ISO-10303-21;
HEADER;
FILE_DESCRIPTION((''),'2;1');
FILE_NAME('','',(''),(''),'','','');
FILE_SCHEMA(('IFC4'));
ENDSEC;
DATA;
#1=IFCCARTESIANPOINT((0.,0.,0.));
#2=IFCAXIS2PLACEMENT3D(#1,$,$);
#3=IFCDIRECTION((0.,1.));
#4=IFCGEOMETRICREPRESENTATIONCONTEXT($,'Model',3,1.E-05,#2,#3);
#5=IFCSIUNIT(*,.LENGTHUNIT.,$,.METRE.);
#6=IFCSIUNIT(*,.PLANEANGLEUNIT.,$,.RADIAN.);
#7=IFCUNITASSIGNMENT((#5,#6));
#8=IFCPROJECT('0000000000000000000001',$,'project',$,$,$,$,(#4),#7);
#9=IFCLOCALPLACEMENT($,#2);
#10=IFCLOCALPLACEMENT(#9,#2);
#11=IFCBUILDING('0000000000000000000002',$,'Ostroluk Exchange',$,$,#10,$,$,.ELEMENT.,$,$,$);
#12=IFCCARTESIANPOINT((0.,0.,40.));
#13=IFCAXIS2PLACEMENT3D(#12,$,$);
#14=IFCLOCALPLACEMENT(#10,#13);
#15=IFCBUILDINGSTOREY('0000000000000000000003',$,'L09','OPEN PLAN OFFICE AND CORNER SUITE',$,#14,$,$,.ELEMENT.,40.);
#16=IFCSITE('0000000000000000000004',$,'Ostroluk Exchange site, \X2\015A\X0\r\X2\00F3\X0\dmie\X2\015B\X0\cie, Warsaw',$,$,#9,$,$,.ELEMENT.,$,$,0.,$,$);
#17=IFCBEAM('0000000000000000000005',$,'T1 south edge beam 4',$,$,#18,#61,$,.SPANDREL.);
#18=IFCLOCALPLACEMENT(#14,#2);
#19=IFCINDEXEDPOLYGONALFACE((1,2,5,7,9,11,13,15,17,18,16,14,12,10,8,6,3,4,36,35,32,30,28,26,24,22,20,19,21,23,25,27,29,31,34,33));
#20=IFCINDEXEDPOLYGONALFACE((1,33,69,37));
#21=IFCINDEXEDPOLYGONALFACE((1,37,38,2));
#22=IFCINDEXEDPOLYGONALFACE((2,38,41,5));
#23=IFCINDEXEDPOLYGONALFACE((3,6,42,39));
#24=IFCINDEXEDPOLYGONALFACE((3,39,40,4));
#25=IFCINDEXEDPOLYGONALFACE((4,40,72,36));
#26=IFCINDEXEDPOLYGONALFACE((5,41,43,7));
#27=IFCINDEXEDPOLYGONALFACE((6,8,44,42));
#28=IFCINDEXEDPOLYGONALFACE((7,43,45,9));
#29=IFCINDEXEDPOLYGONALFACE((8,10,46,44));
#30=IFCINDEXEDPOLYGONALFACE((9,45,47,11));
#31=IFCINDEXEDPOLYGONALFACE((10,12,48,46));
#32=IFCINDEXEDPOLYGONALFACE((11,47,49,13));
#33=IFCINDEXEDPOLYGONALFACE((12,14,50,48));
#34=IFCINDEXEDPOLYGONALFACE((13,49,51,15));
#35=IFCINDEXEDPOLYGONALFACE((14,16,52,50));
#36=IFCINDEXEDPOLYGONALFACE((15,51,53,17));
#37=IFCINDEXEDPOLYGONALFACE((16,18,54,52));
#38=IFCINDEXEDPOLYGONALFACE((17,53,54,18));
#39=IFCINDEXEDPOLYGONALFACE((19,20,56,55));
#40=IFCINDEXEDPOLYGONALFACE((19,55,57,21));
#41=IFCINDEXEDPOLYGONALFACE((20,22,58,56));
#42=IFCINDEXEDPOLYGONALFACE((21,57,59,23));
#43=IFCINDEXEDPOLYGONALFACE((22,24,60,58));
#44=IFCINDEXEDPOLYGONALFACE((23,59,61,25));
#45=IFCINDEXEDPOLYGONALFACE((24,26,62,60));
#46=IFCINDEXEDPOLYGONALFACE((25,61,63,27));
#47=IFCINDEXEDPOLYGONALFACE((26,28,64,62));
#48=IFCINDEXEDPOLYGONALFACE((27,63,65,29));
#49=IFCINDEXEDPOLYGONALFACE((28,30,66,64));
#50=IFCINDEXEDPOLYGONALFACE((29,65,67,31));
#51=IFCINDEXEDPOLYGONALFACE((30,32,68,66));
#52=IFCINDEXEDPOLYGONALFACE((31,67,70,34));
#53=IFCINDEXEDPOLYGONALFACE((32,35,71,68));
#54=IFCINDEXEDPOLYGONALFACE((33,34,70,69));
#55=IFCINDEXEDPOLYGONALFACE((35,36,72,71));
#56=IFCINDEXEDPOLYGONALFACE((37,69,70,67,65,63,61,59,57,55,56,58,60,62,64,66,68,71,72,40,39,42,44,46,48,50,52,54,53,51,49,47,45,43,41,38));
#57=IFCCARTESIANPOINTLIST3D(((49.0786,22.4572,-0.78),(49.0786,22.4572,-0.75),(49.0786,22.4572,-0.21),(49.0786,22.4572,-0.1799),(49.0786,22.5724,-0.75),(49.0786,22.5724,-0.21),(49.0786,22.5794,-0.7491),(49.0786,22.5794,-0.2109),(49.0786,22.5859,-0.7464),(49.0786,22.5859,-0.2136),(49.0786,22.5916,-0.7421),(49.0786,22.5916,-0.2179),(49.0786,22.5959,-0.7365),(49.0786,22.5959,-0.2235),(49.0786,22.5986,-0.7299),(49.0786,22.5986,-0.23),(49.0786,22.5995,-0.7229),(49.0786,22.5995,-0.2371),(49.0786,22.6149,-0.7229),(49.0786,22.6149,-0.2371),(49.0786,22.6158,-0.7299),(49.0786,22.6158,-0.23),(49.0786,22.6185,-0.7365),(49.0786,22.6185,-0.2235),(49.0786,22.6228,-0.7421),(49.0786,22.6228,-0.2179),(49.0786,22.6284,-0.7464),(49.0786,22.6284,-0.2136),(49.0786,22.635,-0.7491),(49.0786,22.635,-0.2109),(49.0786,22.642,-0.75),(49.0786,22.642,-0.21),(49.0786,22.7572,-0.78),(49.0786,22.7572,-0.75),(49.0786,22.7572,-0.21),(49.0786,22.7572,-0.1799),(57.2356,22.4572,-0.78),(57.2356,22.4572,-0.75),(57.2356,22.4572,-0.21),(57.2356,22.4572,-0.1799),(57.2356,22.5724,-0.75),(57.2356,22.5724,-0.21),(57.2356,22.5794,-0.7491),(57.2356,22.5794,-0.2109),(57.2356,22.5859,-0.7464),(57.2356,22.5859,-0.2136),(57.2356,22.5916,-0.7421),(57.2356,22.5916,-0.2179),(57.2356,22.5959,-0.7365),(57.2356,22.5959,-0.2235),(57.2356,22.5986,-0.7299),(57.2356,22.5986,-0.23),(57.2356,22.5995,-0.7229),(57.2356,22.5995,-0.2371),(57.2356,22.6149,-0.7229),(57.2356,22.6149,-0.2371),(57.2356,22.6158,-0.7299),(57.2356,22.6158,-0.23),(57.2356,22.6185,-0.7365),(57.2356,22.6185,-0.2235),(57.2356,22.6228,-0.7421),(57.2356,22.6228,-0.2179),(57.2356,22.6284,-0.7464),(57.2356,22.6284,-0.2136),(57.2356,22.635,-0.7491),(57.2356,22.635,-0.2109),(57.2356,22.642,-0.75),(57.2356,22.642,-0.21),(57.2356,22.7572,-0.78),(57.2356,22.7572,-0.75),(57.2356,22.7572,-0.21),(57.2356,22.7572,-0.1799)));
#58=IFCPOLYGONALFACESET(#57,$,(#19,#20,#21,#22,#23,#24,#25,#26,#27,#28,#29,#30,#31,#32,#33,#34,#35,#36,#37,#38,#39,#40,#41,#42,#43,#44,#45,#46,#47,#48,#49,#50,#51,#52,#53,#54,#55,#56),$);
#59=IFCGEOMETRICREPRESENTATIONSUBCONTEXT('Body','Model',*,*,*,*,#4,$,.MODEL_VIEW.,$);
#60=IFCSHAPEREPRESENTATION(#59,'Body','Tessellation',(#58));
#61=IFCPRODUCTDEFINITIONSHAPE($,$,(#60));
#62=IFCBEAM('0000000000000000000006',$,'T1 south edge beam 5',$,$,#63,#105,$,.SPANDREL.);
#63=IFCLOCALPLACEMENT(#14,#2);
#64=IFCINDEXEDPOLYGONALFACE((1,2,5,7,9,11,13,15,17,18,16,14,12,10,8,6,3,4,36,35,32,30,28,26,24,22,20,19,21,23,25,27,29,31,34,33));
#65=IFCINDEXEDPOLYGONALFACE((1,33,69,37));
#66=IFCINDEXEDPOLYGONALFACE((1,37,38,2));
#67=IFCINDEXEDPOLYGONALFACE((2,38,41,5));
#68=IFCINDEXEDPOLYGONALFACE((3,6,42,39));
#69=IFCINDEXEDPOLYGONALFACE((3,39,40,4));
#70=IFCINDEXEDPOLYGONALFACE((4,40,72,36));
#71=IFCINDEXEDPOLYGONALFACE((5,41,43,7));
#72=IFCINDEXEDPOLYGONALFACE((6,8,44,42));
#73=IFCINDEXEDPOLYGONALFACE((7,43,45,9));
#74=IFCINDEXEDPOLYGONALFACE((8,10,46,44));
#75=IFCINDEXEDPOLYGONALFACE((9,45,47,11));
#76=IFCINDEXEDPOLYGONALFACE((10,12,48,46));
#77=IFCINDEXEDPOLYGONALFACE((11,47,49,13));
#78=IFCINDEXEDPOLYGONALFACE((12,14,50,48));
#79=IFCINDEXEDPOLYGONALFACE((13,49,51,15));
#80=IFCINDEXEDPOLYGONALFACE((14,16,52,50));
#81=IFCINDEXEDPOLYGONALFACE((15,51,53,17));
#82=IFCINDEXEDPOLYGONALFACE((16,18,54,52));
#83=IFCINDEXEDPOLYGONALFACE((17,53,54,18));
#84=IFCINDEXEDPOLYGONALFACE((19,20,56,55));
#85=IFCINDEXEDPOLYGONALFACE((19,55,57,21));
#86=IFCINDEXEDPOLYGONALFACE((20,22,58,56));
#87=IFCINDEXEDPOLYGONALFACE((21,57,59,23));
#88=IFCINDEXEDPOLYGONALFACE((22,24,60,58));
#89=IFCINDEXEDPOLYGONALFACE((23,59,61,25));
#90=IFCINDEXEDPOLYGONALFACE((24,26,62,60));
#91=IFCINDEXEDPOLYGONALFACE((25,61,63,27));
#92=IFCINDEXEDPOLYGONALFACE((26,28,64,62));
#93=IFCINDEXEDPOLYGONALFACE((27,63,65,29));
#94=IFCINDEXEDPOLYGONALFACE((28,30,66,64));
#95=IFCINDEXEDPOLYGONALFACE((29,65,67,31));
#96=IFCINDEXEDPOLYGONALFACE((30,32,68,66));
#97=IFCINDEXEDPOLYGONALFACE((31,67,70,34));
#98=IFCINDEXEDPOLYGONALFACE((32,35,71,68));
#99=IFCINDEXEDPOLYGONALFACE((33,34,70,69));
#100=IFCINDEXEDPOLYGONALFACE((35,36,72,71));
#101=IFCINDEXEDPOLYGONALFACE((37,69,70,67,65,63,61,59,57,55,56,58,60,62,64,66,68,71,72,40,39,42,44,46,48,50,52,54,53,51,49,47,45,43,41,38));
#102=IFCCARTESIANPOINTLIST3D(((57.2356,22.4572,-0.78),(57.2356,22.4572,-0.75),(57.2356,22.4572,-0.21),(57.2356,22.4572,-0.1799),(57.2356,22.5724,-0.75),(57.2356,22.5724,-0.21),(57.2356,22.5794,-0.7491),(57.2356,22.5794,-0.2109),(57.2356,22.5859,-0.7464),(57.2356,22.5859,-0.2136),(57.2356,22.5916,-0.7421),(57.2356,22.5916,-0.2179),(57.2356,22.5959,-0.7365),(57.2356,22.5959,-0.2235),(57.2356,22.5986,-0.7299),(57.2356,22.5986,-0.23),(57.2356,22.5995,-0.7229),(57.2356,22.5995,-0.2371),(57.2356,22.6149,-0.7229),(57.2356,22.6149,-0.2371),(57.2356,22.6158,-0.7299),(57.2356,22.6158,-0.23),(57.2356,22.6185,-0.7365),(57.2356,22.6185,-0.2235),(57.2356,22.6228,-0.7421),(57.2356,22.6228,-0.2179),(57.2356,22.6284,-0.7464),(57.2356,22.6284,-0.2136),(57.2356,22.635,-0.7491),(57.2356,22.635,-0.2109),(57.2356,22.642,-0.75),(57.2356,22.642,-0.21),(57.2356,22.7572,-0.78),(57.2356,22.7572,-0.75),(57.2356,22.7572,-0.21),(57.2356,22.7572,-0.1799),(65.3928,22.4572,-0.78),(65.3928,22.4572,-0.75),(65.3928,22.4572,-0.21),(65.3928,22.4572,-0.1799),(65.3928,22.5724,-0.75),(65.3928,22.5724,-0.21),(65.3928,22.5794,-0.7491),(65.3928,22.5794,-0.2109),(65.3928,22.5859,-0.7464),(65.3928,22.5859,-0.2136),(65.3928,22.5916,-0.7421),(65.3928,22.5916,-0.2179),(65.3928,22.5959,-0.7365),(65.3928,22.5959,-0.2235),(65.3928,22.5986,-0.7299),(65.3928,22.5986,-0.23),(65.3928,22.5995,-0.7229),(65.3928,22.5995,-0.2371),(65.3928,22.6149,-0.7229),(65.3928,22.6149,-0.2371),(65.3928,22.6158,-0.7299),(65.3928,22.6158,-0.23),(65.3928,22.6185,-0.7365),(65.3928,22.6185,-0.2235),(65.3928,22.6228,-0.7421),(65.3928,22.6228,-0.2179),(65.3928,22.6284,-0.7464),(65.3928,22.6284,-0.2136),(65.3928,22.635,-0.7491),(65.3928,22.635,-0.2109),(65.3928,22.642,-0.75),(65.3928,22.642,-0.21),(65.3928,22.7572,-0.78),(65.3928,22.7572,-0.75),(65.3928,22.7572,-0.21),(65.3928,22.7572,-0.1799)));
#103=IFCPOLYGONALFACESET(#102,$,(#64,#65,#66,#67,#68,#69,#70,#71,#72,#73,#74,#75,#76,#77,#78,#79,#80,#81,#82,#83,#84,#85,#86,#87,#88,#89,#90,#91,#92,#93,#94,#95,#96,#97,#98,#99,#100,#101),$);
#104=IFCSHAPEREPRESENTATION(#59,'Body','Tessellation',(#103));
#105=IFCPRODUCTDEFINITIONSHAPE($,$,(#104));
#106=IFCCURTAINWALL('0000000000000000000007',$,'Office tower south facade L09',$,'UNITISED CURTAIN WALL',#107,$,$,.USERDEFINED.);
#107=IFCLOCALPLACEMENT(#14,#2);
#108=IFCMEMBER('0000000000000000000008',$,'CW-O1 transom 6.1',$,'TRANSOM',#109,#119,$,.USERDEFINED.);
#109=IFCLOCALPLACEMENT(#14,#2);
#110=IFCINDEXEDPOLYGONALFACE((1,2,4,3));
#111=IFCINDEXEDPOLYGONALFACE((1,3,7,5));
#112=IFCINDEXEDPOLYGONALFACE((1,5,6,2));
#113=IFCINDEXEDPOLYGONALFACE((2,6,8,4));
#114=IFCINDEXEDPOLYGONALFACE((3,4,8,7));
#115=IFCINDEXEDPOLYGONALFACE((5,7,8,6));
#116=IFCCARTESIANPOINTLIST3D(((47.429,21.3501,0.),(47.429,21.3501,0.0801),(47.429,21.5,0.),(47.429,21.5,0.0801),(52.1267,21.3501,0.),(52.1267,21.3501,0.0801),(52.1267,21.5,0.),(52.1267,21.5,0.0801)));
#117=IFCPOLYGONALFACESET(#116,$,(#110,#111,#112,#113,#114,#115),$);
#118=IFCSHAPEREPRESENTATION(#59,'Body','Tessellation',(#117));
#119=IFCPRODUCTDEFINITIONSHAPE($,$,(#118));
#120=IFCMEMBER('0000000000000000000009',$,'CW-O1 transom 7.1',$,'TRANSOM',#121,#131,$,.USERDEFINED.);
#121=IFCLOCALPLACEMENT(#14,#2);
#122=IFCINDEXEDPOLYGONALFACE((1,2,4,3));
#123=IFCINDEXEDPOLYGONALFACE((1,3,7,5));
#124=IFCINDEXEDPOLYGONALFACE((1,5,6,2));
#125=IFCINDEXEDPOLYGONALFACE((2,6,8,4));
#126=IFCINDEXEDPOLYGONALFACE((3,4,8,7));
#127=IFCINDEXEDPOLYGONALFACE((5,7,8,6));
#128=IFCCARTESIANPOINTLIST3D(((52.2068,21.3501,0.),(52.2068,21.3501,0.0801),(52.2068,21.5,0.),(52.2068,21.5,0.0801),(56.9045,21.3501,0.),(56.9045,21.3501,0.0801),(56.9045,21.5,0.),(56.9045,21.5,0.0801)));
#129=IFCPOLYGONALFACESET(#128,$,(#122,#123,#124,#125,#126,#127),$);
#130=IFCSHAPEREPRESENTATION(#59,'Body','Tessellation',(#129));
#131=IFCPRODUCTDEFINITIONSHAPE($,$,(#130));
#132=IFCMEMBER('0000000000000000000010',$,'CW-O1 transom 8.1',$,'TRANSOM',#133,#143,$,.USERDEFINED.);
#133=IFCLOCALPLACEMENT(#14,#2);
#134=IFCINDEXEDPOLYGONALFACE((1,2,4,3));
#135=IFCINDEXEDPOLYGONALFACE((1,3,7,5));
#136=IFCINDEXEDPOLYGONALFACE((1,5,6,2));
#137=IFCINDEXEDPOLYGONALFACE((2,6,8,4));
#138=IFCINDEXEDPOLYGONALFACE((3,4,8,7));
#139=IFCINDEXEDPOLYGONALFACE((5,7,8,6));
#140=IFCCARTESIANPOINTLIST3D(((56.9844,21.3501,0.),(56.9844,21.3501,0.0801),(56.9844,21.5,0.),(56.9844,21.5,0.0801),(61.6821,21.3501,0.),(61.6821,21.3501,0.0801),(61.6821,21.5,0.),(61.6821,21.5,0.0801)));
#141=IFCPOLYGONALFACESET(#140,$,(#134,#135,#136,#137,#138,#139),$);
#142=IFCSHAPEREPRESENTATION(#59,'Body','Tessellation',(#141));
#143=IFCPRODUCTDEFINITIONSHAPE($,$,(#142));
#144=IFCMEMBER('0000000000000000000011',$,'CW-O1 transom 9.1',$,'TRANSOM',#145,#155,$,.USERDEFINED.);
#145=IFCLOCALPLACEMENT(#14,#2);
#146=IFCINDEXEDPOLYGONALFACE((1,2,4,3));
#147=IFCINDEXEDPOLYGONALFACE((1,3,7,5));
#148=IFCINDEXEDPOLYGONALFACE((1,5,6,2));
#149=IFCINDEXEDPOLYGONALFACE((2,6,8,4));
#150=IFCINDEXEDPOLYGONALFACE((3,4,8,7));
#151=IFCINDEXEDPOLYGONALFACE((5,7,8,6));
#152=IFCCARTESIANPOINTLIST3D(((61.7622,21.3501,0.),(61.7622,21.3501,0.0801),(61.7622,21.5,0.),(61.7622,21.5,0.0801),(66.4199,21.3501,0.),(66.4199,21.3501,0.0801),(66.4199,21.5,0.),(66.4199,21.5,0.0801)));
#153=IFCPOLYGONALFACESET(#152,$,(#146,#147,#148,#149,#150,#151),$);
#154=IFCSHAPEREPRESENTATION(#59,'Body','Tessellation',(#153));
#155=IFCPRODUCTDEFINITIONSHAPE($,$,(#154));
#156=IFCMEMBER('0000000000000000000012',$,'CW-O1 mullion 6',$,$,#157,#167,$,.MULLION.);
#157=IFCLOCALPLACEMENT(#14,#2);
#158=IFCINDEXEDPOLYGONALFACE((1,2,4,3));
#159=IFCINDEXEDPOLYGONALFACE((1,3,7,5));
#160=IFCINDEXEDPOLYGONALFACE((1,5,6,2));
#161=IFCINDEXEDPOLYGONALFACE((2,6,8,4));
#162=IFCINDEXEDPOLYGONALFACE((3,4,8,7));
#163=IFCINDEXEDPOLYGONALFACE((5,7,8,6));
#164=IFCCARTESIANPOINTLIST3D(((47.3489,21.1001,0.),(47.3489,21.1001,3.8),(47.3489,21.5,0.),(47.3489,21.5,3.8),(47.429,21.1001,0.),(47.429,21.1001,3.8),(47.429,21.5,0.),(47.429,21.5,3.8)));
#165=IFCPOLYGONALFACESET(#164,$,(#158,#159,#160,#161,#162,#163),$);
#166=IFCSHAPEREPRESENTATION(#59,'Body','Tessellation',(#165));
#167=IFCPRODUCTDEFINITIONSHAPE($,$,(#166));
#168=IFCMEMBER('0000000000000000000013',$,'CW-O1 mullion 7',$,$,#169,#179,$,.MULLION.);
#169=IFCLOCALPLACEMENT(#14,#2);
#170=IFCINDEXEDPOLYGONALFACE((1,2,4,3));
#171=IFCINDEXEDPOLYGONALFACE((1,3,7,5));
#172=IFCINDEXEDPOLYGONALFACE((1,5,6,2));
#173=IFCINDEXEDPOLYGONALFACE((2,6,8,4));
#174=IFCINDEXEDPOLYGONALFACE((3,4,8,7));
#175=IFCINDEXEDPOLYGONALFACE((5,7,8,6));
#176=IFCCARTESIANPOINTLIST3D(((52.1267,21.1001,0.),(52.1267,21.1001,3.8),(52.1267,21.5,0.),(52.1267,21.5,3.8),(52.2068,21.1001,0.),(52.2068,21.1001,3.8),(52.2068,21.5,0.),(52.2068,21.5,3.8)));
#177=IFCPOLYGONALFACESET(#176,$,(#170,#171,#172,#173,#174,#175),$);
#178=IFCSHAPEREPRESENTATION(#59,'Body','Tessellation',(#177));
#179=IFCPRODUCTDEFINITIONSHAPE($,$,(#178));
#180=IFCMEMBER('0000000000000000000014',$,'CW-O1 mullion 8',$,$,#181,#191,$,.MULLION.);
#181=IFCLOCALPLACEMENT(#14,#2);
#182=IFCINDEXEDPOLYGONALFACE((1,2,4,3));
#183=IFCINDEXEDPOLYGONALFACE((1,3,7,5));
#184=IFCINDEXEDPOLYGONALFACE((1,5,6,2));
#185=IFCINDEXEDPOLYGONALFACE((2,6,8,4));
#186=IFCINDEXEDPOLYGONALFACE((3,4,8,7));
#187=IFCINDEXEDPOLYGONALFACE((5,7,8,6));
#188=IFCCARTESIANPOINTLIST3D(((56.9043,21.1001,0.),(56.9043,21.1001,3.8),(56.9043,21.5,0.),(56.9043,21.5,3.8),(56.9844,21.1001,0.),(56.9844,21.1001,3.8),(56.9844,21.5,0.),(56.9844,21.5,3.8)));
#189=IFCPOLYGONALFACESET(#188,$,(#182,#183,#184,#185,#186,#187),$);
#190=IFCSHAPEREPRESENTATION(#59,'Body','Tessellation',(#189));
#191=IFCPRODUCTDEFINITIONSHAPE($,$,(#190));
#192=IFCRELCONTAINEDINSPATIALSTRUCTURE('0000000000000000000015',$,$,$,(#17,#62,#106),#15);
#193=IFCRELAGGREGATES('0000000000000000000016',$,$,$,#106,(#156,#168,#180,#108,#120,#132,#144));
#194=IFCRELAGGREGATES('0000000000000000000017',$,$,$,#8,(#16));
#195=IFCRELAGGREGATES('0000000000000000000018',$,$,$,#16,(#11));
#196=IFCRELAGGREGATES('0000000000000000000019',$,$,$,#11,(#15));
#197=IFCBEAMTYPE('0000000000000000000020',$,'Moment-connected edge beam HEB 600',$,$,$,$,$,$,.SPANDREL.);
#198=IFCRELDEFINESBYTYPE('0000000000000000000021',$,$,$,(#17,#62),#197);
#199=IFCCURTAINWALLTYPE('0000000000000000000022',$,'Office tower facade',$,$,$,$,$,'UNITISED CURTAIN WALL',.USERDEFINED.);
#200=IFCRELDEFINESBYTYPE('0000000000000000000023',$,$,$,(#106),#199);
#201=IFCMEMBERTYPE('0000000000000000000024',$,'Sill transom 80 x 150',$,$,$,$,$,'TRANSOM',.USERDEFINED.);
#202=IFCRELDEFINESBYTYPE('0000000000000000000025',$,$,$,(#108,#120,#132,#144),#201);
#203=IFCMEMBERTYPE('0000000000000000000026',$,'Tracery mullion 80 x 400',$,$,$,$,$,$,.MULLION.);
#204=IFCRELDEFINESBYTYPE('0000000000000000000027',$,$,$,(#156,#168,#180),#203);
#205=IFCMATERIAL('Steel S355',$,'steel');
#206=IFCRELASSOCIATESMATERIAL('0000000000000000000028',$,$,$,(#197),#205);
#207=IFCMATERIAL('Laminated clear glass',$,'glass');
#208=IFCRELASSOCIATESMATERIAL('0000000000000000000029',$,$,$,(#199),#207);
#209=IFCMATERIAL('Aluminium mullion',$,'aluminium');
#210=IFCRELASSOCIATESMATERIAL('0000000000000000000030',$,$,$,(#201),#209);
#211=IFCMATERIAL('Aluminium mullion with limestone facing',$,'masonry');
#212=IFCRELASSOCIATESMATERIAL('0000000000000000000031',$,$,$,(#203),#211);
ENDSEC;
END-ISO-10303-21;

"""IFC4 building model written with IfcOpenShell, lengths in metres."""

from ifc_helpers import new_model, si_unit, direction, frame, origin, origin_2d, place, context, subcontext, project, spatial, rectangle, i_section, extrude, material, material_profile, profile_set, type_object, element, aggregate, save


model = new_model("IFC4")

# Units and contexts
model_context = context("Model", 3, precision=1e-05, world=origin(), true_north=direction((0.0, 1.0)))
body_context = subcontext(model_context, "Body", "Model", "MODEL_VIEW")
ifc_project = project(units=[si_unit("LENGTHUNIT", "METRE"), si_unit("PLANEANGLEUNIT", "RADIAN")], contexts=[model_context])

# Site, building, storey
site_placement = place(None, origin())
site = spatial("IfcSite", under=ifc_project, at=site_placement, Name="Ostroluk Exchange site, Śródmieście, Warsaw", CompositionType="ELEMENT", RefElevation=0.0)
building_placement = place(site_placement, origin())
building = spatial("IfcBuilding", under=site, at=building_placement, Name="Ostroluk Exchange", CompositionType="ELEMENT")
storey_placement = place(building_placement, frame((0.0, 0.0, 40.0)))
storey = spatial("IfcBuildingStorey", under=building, at=storey_placement, Name="L09", Description="OPEN PLAN OFFICE AND CORNER SUITE", CompositionType="ELEMENT", Elevation=40.0)

# Beams
ifc_material_1 = material(Name="Steel S355", Category="steel")
ifc_material_profile_1 = material_profile(ifc_material_1, i_section(OverallWidth=0.3, OverallDepth=0.6001, WebThickness=0.0154, FlangeThickness=0.03, FilletRadius=0.0271, at=origin_2d()), Name="HEB 600")
ifc_profile_set_1 = profile_set([ifc_material_profile_1], Name="Steel S355")
beam_type = type_object("IfcBeamType", Name="Moment-connected edge beam HEB 600", PredefinedType="SPANDREL", material=ifc_profile_set_1)
beam_1_placement = place(storey_placement, frame((49.0786, 22.6072, -0.48), z_axis=(1.0, 0.0, 0.0), x_axis=(0.0, 1.0, 0.0)))
element("IfcBeam", 1, at=beam_1_placement, inside=storey, type_object=beam_type, Name="T1 south edge beam 4", PredefinedType="SPANDREL", context=body_context, shape_type="SweptSolid", body=[
    extrude(i_section(OverallWidth=0.3, OverallDepth=0.6001, WebThickness=0.0154, FlangeThickness=0.03, FilletRadius=0.0271, at=origin_2d()), origin(), (0.0, 0.0, 1.0), 8.157),
])
beam_2_placement = place(storey_placement, frame((57.2356, 22.6072, -0.48), z_axis=(1.0, 0.0, 0.0), x_axis=(0.0, 1.0, 0.0)))
element("IfcBeam", 2, at=beam_2_placement, inside=storey, type_object=beam_type, Name="T1 south edge beam 5", PredefinedType="SPANDREL", context=body_context, shape_type="SweptSolid", body=[
    extrude(i_section(OverallWidth=0.3, OverallDepth=0.6001, WebThickness=0.0154, FlangeThickness=0.03, FilletRadius=0.0271, at=origin_2d()), origin(), (0.0, 0.0, 1.0), 8.1572),
])

# Curtain wall, members
ifc_material_2 = material(Name="Laminated clear glass", Category="glass")
curtain_wall_type = type_object("IfcCurtainWallType", Name="Office tower facade", ElementType="UNITISED CURTAIN WALL", PredefinedType="USERDEFINED", material=ifc_material_2)
curtain_wall_placement = place(storey_placement, origin())
curtain_wall = element("IfcCurtainWall", 3, at=curtain_wall_placement, inside=storey, type_object=curtain_wall_type, Name="Office tower south facade L09", ObjectType="UNITISED CURTAIN WALL", PredefinedType="USERDEFINED")
ifc_material_3 = material(Name="Aluminium mullion", Category="aluminium")
ifc_material_profile_2 = material_profile(ifc_material_3, rectangle(XDim=0.1499, YDim=0.0801, at=origin_2d()), Name="Sill transom 80 x 150")
ifc_profile_set_2 = profile_set([ifc_material_profile_2], Name="Aluminium mullion")
member_type_1 = type_object("IfcMemberType", Name="Sill transom 80 x 150", ElementType="TRANSOM", PredefinedType="USERDEFINED", material=ifc_profile_set_2)
member_1_placement = place(storey_placement, frame((47.429, 21.425, 0.04), z_axis=(1.0, 0.0, 0.0), x_axis=(0.0, 1.0, 0.0)))
member_1 = element("IfcMember", 4, at=member_1_placement, type_object=member_type_1, Name="CW-O1 transom 6.1", ObjectType="TRANSOM", PredefinedType="USERDEFINED", context=body_context, shape_type="SweptSolid", body=[
    extrude(rectangle(XDim=0.1499, YDim=0.0801, at=origin_2d()), origin(), (0.0, 0.0, 1.0), 4.6978),
])
member_2_placement = place(storey_placement, frame((52.2068, 21.425, 0.04), z_axis=(1.0, 0.0, 0.0), x_axis=(0.0, 1.0, 0.0)))
member_2 = element("IfcMember", 5, at=member_2_placement, type_object=member_type_1, Name="CW-O1 transom 7.1", ObjectType="TRANSOM", PredefinedType="USERDEFINED", context=body_context, shape_type="SweptSolid", body=[
    extrude(rectangle(XDim=0.1499, YDim=0.0801, at=origin_2d()), origin(), (0.0, 0.0, 1.0), 4.6978),
])
member_3_placement = place(storey_placement, frame((56.9844, 21.425, 0.04), z_axis=(1.0, 0.0, 0.0), x_axis=(0.0, 1.0, 0.0)))
member_3 = element("IfcMember", 6, at=member_3_placement, type_object=member_type_1, Name="CW-O1 transom 8.1", ObjectType="TRANSOM", PredefinedType="USERDEFINED", context=body_context, shape_type="SweptSolid", body=[
    extrude(rectangle(XDim=0.1499, YDim=0.0801, at=origin_2d()), origin(), (0.0, 0.0, 1.0), 4.6978),
])
member_4_placement = place(storey_placement, frame((61.7622, 21.425, 0.04), z_axis=(1.0, 0.0, 0.0), x_axis=(0.0, 1.0, 0.0)))
member_4 = element("IfcMember", 7, at=member_4_placement, type_object=member_type_1, Name="CW-O1 transom 9.1", ObjectType="TRANSOM", PredefinedType="USERDEFINED", context=body_context, shape_type="SweptSolid", body=[
    extrude(rectangle(XDim=0.1499, YDim=0.0801, at=origin_2d()), origin(), (0.0, 0.0, 1.0), 4.6577),
])
ifc_material_4 = material(Name="Aluminium mullion with limestone facing", Category="masonry")
ifc_material_profile_3 = material_profile(ifc_material_4, rectangle(XDim=0.3999, YDim=0.0801, at=origin_2d()), Name="Tracery mullion 80 x 400")
ifc_profile_set_3 = profile_set([ifc_material_profile_3], Name="Aluminium mullion with limestone facing")
member_type_2 = type_object("IfcMemberType", Name="Tracery mullion 80 x 400", PredefinedType="MULLION", material=ifc_profile_set_3)
member_5_placement = place(storey_placement, frame((47.3889, 21.3, 0.0), z_axis=(0.0, 0.0, 1.0), x_axis=(0.0, 1.0, 0.0)))
member_5 = element("IfcMember", 8, at=member_5_placement, type_object=member_type_2, Name="CW-O1 mullion 6", PredefinedType="MULLION", context=body_context, shape_type="SweptSolid", body=[
    extrude(rectangle(XDim=0.3999, YDim=0.0801, at=origin_2d()), origin(), (0.0, 0.0, 1.0), 3.8),
])
member_6_placement = place(storey_placement, frame((52.1667, 21.3, 0.0), z_axis=(0.0, 0.0, 1.0), x_axis=(0.0, 1.0, 0.0)))
member_6 = element("IfcMember", 9, at=member_6_placement, type_object=member_type_2, Name="CW-O1 mullion 7", PredefinedType="MULLION", context=body_context, shape_type="SweptSolid", body=[
    extrude(rectangle(XDim=0.3999, YDim=0.0801, at=origin_2d()), origin(), (0.0, 0.0, 1.0), 3.8),
])
member_7_placement = place(storey_placement, frame((56.9443, 21.3, 0.0), z_axis=(0.0, 0.0, 1.0), x_axis=(0.0, 1.0, 0.0)))
member_7 = element("IfcMember", 10, at=member_7_placement, type_object=member_type_2, Name="CW-O1 mullion 8", PredefinedType="MULLION", context=body_context, shape_type="SweptSolid", body=[
    extrude(rectangle(XDim=0.3999, YDim=0.0801, at=origin_2d()), origin(), (0.0, 0.0, 1.0), 3.8),
])
aggregate(curtain_wall, [member_5, member_6, member_7, member_1, member_2, member_3, member_4])

save(model, "model.ifc")
